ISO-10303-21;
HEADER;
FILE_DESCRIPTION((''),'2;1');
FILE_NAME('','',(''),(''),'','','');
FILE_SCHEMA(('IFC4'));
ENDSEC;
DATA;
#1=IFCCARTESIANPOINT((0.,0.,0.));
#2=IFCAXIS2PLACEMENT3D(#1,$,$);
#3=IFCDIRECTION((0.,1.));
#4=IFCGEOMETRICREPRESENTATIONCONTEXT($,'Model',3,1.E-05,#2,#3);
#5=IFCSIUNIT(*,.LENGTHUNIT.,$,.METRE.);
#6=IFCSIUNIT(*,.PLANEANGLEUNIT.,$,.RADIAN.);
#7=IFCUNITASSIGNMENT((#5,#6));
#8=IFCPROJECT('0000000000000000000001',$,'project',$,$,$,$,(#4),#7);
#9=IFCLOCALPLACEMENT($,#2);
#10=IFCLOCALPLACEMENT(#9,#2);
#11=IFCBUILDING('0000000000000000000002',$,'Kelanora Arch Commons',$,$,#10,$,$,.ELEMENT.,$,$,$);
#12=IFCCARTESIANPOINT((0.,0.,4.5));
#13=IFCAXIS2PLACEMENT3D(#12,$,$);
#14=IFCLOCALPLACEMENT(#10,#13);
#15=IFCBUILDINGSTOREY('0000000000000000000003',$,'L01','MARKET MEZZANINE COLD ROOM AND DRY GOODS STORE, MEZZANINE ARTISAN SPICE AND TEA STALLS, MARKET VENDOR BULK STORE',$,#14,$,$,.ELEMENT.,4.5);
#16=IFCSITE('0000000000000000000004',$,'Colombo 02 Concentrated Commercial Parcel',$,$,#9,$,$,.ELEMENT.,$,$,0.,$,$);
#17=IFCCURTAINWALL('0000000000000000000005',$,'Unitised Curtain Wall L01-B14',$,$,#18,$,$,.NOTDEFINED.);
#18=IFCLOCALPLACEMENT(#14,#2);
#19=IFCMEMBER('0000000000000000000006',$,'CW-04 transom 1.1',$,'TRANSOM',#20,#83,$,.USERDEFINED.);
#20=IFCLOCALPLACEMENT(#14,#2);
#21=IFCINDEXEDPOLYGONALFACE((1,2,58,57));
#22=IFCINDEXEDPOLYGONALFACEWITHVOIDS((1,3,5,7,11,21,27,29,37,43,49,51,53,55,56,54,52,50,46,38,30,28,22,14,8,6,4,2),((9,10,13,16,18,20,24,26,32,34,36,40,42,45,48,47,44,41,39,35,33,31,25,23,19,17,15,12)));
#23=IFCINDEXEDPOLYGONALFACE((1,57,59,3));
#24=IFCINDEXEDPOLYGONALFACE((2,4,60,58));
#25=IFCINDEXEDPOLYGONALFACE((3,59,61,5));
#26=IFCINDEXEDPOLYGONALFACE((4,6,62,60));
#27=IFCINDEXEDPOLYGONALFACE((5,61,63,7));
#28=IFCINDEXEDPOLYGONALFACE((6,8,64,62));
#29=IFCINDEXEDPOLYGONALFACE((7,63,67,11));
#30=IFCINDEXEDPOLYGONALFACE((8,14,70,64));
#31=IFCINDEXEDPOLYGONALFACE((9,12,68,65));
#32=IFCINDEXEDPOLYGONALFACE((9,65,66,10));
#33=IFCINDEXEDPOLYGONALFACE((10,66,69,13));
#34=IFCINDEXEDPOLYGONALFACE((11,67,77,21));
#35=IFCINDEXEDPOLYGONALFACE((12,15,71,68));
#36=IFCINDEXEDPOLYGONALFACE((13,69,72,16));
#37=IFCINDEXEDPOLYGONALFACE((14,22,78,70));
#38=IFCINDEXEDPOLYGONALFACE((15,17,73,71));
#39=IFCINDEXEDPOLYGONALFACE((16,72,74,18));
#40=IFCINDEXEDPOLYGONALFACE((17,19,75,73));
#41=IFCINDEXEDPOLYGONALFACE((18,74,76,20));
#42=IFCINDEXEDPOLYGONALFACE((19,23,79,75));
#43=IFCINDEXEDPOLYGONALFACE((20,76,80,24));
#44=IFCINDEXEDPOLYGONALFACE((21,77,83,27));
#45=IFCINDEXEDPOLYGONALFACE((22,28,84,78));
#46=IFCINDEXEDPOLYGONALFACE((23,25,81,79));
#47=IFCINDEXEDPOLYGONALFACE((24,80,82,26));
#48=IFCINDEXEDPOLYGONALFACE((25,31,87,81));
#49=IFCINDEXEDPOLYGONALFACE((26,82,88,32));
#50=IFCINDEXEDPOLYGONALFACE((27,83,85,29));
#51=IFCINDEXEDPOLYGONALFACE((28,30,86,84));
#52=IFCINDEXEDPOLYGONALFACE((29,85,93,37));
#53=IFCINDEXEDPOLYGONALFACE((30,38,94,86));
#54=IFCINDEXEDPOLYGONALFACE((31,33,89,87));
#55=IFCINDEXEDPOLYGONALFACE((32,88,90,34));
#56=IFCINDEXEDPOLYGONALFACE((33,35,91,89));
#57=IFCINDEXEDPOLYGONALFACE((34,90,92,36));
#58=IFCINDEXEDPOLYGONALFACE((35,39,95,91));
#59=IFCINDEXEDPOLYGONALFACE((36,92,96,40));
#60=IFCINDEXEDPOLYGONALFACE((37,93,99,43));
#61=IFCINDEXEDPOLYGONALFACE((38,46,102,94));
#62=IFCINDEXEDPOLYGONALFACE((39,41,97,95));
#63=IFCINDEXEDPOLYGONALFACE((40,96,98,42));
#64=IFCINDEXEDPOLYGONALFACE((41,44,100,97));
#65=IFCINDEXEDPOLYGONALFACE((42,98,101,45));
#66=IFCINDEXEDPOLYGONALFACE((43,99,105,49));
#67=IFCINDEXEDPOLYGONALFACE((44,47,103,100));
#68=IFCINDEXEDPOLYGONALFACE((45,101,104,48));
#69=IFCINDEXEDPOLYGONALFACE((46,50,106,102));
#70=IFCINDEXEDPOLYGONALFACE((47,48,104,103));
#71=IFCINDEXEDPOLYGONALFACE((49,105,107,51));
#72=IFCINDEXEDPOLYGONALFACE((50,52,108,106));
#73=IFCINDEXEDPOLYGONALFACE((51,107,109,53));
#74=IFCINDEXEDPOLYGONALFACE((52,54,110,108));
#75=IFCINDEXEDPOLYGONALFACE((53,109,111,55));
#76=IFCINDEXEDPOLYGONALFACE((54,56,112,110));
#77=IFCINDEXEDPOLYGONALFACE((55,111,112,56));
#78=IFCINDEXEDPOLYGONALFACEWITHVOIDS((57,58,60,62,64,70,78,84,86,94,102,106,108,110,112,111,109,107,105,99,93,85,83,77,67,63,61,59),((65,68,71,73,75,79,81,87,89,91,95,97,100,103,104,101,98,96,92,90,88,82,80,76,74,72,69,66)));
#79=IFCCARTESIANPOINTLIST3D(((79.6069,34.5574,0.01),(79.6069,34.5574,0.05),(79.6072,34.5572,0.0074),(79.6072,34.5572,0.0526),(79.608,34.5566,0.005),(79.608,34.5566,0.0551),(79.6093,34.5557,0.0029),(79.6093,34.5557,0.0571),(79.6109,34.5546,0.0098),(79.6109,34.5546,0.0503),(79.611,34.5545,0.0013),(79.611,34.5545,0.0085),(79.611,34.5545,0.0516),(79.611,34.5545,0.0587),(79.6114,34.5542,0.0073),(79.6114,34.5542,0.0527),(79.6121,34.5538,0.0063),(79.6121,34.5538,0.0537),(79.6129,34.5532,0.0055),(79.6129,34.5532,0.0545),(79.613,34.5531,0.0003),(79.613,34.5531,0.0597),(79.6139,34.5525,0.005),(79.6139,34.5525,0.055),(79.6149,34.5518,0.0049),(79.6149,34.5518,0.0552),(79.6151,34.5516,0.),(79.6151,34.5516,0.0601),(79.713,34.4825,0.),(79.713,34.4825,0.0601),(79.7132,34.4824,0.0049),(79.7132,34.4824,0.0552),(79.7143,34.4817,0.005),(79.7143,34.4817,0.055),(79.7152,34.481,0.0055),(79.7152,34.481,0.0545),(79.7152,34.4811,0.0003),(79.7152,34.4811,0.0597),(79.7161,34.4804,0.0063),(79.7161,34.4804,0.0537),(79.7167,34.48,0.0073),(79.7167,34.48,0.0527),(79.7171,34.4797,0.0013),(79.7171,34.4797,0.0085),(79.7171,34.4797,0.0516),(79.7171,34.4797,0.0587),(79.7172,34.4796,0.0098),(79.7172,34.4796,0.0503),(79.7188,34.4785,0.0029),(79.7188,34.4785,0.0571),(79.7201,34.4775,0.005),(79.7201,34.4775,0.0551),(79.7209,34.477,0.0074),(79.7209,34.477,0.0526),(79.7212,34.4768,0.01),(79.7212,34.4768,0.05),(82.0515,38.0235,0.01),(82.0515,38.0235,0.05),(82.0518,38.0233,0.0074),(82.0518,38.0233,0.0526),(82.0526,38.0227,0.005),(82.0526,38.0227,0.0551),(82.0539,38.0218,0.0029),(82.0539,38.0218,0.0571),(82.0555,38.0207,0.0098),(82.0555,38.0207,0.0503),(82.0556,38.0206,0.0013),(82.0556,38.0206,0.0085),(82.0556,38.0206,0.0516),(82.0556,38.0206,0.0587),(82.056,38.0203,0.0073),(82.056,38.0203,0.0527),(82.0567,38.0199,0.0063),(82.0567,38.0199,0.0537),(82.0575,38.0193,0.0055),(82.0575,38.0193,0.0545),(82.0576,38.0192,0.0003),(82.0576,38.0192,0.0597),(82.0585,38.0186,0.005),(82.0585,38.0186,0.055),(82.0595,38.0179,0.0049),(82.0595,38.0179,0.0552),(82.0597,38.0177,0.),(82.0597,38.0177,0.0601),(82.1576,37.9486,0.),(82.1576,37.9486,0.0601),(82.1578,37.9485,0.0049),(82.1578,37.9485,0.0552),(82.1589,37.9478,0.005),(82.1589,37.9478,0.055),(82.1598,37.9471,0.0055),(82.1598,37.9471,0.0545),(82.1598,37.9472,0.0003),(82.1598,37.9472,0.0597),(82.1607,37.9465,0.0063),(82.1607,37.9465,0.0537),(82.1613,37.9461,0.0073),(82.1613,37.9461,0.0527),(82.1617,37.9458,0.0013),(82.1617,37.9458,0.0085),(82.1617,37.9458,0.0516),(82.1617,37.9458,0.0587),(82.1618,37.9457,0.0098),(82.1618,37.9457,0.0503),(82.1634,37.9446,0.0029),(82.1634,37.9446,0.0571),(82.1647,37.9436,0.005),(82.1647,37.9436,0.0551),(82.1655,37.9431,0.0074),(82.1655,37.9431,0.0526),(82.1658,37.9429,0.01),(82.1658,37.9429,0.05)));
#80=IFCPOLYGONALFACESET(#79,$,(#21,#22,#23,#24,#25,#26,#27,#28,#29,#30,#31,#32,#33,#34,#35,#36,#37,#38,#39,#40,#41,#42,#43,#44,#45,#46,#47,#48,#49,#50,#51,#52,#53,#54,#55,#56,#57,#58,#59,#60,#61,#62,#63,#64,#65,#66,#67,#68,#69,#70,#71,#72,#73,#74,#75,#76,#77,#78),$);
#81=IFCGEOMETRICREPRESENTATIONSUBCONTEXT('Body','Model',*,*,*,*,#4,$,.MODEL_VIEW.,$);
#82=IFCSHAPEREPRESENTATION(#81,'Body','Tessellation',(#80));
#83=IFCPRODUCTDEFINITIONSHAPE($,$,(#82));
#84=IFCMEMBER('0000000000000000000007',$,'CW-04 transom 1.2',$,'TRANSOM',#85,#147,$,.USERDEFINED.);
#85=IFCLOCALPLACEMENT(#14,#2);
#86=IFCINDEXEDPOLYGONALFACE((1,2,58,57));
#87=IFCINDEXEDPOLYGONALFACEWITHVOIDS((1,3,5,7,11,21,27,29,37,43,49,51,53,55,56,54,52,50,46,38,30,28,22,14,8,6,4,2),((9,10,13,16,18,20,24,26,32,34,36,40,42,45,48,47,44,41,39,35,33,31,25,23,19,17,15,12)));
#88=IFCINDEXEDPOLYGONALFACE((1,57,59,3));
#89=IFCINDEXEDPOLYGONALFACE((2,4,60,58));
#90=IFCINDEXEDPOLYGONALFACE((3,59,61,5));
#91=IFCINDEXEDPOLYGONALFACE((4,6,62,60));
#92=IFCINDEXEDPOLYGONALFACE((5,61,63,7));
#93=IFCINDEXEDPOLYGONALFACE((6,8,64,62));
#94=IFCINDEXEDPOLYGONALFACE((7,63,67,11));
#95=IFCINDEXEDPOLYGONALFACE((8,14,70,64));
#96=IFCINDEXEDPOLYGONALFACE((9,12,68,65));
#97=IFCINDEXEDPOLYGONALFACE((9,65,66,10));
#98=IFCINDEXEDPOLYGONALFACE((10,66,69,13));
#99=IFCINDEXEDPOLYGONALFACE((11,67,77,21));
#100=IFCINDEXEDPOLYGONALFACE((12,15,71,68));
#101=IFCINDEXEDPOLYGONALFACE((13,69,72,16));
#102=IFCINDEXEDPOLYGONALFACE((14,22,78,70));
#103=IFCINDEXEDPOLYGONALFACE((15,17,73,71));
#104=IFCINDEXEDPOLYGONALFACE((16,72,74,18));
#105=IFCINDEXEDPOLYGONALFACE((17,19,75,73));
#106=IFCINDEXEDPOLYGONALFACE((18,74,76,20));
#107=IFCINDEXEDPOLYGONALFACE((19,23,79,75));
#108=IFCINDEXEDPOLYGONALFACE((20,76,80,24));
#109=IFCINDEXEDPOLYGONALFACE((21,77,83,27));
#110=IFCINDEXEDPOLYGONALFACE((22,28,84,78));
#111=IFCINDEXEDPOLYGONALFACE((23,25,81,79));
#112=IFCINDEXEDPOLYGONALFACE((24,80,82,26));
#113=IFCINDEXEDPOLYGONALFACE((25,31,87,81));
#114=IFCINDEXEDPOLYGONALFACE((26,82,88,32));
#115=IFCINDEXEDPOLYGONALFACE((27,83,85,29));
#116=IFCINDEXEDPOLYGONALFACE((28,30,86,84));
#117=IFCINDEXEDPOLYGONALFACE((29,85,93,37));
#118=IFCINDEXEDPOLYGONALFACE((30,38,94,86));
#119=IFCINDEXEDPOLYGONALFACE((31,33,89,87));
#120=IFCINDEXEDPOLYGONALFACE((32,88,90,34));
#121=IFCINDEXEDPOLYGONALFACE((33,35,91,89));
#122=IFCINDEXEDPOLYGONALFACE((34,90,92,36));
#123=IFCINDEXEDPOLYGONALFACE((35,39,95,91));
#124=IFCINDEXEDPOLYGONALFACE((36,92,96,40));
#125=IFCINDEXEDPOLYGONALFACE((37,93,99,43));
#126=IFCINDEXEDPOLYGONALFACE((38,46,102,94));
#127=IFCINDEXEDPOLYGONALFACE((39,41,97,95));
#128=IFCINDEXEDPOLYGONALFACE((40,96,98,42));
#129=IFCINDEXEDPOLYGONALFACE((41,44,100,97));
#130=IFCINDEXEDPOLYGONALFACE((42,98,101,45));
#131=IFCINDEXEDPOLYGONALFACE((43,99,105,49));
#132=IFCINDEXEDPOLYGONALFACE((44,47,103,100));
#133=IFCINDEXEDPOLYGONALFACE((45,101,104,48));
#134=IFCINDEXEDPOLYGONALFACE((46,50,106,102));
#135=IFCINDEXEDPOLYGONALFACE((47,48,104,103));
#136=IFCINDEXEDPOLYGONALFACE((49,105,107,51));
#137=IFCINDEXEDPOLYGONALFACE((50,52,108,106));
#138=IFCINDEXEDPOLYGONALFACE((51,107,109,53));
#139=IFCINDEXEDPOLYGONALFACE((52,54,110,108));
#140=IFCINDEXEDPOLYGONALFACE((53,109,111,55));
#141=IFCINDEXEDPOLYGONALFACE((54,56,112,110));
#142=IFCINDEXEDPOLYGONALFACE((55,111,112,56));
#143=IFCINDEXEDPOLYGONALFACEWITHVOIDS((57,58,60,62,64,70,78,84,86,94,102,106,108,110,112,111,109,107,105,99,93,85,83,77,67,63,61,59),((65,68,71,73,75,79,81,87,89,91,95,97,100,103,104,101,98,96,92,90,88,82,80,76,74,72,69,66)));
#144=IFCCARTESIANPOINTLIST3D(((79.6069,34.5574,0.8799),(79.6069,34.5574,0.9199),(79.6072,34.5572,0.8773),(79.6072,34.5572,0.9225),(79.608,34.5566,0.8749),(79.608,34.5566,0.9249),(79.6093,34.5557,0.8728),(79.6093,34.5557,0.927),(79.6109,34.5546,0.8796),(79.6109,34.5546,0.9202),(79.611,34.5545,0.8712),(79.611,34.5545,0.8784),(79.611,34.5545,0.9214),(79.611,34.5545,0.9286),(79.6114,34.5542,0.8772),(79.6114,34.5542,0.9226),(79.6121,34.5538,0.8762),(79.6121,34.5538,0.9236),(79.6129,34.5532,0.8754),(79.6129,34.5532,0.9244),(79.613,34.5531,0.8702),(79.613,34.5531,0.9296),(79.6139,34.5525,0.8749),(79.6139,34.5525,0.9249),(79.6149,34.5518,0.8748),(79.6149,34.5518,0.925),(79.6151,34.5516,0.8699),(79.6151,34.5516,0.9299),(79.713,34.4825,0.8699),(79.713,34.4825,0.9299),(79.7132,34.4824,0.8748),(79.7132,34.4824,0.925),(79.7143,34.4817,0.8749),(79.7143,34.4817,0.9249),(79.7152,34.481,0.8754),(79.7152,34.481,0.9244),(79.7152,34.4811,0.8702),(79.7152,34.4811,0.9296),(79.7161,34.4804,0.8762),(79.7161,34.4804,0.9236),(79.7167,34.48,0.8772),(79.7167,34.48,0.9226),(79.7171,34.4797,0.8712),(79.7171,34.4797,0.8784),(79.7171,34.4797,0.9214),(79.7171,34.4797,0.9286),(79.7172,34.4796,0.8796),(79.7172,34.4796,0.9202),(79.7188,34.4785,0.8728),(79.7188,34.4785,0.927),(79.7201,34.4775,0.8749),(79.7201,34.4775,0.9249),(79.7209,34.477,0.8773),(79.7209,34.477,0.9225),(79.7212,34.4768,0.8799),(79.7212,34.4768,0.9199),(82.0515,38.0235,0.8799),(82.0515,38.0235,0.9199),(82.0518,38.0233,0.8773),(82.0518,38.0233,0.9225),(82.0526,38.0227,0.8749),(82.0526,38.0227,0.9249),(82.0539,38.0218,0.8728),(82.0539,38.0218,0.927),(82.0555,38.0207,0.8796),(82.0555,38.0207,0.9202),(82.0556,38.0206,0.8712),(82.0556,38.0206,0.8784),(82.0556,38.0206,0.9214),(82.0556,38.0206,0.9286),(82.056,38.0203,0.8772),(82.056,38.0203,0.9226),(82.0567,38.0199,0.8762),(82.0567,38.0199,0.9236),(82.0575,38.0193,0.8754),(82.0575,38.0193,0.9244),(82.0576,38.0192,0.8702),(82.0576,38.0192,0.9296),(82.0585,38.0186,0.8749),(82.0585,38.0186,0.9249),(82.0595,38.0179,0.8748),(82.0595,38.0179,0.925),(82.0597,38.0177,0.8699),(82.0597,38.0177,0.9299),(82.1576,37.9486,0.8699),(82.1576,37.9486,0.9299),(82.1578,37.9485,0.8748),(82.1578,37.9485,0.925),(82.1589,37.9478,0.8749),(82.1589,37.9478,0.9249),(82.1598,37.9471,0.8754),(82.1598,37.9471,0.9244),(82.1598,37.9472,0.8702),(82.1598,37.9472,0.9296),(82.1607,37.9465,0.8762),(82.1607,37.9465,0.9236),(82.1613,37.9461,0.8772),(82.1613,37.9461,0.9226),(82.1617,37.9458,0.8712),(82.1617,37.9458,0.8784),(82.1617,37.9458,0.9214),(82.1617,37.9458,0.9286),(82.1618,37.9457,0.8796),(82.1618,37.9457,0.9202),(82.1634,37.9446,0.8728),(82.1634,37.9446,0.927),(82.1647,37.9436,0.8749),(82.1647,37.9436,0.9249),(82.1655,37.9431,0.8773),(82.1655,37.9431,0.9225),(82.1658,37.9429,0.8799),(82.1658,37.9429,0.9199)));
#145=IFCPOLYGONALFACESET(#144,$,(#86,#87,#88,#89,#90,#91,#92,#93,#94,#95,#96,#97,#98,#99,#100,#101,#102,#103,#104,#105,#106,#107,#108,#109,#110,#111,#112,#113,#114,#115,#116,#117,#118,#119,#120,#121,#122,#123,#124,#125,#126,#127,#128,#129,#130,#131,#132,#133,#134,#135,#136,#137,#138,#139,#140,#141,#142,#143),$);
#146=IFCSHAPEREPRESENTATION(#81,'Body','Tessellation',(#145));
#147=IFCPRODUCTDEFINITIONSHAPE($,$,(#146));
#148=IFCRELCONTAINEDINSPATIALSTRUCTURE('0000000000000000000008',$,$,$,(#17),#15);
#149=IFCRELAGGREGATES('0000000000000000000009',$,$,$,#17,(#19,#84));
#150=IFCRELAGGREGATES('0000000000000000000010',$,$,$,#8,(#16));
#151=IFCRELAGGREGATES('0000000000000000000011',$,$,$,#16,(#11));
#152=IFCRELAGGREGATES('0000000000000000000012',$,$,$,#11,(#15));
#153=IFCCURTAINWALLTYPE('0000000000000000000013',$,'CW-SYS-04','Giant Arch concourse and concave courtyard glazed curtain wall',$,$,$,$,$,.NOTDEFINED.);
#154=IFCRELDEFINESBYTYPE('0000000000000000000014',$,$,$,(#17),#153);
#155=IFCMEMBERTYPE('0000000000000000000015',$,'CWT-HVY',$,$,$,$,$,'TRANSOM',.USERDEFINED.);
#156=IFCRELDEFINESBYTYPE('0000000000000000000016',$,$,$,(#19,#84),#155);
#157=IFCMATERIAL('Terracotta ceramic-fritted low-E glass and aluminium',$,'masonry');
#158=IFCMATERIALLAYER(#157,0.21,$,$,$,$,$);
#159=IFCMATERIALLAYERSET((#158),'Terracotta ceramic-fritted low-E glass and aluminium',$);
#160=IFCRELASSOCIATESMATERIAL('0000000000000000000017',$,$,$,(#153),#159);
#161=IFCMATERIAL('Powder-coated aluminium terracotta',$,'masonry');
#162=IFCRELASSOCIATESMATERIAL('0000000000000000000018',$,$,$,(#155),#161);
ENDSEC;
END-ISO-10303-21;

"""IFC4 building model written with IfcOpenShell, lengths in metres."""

from ifc_helpers import new_model, si_unit, direction, frame, origin, origin_2d, place, context, subcontext, project, spatial, hollow_rectangle, extrude, material, layer, layer_set, material_profile, profile_set, type_object, element, aggregate, save


model = new_model("IFC4")

# Units and contexts
model_context = context("Model", 3, precision=1e-05, world=origin(), true_north=direction((0.0, 1.0)))
body_context = subcontext(model_context, "Body", "Model", "MODEL_VIEW")
ifc_project = project(units=[si_unit("LENGTHUNIT", "METRE"), si_unit("PLANEANGLEUNIT", "RADIAN")], contexts=[model_context])

# Site, building, storey
site_placement = place(None, origin())
site = spatial("IfcSite", under=ifc_project, at=site_placement, Name="Colombo 02 Concentrated Commercial Parcel", CompositionType="ELEMENT", RefElevation=0.0)
building_placement = place(site_placement, origin())
building = spatial("IfcBuilding", under=site, at=building_placement, Name="Kelanora Arch Commons", CompositionType="ELEMENT")
storey_placement = place(building_placement, frame((0.0, 0.0, 4.5)))
storey = spatial("IfcBuildingStorey", under=building, at=storey_placement, Name="L01", Description="MARKET MEZZANINE COLD ROOM AND DRY GOODS STORE, MEZZANINE ARTISAN SPICE AND TEA STALLS, MARKET VENDOR BULK STORE", CompositionType="ELEMENT", Elevation=4.5)

# Curtain wall, members
ifc_material_1 = material(Name="Terracotta ceramic-fritted low-E glass and aluminium", Category="masonry")
ifc_layer_1 = layer(ifc_material_1, 0.21)
ifc_layer_set_1 = layer_set([ifc_layer_1], Name="Terracotta ceramic-fritted low-E glass and aluminium")
curtain_wall_type = type_object("IfcCurtainWallType", Name="CW-SYS-04", Description="Giant Arch concourse and concave courtyard glazed curtain wall", PredefinedType="NOTDEFINED", material=ifc_layer_set_1)
curtain_wall_placement = place(storey_placement, origin())
curtain_wall = element("IfcCurtainWall", 1, at=curtain_wall_placement, inside=storey, type_object=curtain_wall_type, Name="Unitised Curtain Wall L01-B14", PredefinedType="NOTDEFINED")
ifc_material_2 = material(Name="Powder-coated aluminium terracotta", Category="masonry")
ifc_material_profile_1 = material_profile(ifc_material_2, hollow_rectangle(XDim=0.1399, YDim=0.0601, WallThickness=0.0049, InnerFilletRadius=0.0049, OuterFilletRadius=0.01, at=origin_2d()), Name="CWT140x60")
ifc_profile_set_1 = profile_set([ifc_material_profile_1], Name="Powder-coated aluminium terracotta")
member_type_1 = type_object("IfcMemberType", Name="CWT-HVY", ElementType="TRANSOM", PredefinedType="USERDEFINED", material=ifc_profile_set_1)
member_1_placement = place(storey_placement, frame((79.6641, 34.5171, 0.03), z_axis=(0.57636, 0.817196, 0.0), x_axis=(-0.817196, 0.57636, 0.0)))
member_1 = element("IfcMember", 2, at=member_1_placement, type_object=member_type_1, Name="CW-04 transom 1.1", ObjectType="TRANSOM", PredefinedType="USERDEFINED", context=body_context, shape_type="SweptSolid", body=[
    extrude(hollow_rectangle(XDim=0.1399, YDim=0.0601, WallThickness=0.0049, InnerFilletRadius=0.0049, OuterFilletRadius=0.01, at=origin_2d()), origin(), (0.0, 0.0, 1.0), 4.2415),
])
member_2_placement = place(storey_placement, frame((79.6641, 34.5171, 0.8999), z_axis=(0.57636, 0.817196, 0.0), x_axis=(-0.817196, 0.57636, 0.0)))
member_2 = element("IfcMember", 3, at=member_2_placement, type_object=member_type_1, Name="CW-04 transom 1.2", ObjectType="TRANSOM", PredefinedType="USERDEFINED", context=body_context, shape_type="SweptSolid", body=[
    extrude(hollow_rectangle(XDim=0.1399, YDim=0.0601, WallThickness=0.0049, InnerFilletRadius=0.0049, OuterFilletRadius=0.01, at=origin_2d()), origin(), (0.0, 0.0, 1.0), 4.2415),
])
aggregate(curtain_wall, [member_1, member_2])

save(model, "model.ifc")
